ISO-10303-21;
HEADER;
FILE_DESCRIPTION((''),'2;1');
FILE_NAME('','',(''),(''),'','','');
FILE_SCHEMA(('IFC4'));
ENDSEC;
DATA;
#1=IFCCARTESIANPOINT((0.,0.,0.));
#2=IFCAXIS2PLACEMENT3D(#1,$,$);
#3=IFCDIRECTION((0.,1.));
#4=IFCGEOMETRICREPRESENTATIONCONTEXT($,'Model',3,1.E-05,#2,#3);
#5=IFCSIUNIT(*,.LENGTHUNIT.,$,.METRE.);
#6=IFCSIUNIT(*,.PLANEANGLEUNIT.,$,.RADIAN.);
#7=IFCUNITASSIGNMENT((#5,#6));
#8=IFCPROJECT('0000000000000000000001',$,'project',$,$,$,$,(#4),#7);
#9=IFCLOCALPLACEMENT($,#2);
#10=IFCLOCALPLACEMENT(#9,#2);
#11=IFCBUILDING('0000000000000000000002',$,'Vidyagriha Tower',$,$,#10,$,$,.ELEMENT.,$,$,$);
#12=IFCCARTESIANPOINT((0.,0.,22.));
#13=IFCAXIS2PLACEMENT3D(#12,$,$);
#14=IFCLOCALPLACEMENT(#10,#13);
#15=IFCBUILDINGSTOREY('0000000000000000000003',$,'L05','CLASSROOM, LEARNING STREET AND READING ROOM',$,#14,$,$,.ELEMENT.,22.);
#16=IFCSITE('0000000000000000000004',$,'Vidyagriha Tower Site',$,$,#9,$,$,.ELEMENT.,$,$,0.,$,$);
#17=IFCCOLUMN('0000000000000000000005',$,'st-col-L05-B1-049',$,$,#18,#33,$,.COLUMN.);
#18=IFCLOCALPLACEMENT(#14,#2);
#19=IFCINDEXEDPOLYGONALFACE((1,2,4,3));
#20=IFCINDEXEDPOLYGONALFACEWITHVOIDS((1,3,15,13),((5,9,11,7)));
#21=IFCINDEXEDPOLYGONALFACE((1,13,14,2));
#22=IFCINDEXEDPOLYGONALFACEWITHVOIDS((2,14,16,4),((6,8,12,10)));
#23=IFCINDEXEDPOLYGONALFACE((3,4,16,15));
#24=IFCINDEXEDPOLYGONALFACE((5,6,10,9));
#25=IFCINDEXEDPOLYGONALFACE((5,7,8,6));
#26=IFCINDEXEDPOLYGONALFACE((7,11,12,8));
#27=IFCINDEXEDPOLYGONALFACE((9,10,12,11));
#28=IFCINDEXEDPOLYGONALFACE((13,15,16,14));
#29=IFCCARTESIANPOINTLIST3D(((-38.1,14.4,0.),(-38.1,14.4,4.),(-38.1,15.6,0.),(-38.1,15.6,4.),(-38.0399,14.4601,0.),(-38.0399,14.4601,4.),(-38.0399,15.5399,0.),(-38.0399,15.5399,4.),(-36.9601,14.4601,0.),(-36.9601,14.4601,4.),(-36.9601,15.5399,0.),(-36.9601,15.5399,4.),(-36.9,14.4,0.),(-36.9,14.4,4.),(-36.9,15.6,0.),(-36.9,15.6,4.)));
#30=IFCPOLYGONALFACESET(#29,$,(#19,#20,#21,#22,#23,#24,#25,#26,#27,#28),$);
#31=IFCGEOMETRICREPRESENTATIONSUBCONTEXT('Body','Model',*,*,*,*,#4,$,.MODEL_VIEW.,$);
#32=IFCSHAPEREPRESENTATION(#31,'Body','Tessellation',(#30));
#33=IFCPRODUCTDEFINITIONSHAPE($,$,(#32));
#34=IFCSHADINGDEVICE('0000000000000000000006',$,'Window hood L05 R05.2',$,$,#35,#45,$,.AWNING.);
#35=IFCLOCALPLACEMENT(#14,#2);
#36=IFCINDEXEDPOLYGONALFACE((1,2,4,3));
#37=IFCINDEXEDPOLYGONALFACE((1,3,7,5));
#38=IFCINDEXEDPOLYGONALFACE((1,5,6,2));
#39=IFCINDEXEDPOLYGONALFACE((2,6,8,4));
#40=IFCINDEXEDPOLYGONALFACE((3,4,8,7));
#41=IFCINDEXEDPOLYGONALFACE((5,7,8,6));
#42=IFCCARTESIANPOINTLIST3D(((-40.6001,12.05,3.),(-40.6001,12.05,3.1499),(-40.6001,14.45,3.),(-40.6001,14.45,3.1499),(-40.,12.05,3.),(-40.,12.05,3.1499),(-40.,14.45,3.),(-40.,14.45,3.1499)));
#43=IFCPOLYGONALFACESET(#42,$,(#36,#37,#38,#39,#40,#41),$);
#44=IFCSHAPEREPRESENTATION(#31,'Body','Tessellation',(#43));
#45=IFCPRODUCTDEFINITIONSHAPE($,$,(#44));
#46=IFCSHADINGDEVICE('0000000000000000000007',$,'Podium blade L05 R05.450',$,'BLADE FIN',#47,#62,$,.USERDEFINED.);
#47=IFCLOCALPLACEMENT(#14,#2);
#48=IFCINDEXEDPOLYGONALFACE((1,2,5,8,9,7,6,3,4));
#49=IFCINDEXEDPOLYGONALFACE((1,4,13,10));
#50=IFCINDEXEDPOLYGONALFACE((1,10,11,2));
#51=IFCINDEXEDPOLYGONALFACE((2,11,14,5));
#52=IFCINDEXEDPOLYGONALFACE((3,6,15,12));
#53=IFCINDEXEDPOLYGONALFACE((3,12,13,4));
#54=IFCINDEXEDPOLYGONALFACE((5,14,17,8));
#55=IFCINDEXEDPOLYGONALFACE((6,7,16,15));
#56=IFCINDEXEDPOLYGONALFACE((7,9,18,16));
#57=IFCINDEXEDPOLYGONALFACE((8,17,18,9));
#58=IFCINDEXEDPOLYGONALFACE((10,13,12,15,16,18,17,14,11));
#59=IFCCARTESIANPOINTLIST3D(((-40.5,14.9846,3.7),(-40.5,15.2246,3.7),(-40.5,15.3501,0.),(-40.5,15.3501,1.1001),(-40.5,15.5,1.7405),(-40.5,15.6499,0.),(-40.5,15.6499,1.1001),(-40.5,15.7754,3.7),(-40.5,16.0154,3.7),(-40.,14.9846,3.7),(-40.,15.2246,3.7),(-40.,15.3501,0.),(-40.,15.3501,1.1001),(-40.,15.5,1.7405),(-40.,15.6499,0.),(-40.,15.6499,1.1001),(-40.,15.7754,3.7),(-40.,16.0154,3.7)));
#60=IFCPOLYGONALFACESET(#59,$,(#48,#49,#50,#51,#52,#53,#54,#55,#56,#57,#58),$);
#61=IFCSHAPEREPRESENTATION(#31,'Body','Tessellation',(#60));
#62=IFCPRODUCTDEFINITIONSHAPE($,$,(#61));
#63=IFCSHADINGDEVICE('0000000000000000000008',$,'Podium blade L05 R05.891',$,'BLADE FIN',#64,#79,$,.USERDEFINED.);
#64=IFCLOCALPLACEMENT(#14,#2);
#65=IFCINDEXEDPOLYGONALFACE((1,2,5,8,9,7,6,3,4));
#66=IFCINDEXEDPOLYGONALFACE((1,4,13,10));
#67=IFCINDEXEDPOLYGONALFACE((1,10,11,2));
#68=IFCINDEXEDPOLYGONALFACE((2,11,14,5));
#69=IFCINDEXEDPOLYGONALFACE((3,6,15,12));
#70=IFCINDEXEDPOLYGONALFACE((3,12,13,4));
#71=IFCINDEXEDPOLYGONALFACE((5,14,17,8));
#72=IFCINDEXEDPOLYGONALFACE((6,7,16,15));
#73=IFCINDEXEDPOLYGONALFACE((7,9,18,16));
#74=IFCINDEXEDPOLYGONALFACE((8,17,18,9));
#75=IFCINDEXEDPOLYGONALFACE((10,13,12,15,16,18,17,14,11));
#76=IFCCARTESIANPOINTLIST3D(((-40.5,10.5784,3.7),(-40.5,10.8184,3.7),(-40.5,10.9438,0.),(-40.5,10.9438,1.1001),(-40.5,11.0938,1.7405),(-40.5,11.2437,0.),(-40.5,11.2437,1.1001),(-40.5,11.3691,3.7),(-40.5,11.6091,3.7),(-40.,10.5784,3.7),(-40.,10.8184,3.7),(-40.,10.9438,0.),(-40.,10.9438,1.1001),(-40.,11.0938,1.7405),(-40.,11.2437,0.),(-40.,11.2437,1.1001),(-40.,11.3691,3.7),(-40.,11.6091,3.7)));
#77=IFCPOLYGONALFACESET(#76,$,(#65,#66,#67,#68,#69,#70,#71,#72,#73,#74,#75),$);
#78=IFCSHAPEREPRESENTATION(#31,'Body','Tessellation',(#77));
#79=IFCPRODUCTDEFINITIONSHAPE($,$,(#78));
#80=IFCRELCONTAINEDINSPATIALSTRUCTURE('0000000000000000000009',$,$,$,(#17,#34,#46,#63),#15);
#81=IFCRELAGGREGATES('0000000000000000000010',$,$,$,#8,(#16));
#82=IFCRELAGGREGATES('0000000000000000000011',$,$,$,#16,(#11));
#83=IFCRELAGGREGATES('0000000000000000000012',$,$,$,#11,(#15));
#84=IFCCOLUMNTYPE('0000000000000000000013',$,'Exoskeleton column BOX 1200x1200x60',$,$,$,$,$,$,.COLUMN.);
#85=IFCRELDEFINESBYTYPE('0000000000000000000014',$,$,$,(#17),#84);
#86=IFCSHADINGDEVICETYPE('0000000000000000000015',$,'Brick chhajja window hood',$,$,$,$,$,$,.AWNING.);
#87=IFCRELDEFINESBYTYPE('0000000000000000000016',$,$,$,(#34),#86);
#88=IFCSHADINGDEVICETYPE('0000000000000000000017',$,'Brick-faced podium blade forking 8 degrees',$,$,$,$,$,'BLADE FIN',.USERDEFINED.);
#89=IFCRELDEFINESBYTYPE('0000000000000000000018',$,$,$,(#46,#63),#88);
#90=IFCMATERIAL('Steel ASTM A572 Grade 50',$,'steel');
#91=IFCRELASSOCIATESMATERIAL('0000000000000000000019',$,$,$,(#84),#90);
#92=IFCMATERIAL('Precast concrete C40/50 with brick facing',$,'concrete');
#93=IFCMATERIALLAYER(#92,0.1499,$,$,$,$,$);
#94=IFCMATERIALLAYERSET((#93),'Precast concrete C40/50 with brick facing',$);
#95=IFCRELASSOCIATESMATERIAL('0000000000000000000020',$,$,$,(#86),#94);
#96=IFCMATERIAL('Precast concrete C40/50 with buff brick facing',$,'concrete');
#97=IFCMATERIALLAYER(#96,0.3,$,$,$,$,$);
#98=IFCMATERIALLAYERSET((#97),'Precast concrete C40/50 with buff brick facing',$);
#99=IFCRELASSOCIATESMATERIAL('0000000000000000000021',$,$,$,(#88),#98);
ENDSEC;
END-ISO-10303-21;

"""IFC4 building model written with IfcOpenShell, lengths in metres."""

from ifc_helpers import new_model, si_unit, direction, frame, origin, origin_2d, place, context, subcontext, project, spatial, polyline, rectangle, hollow_rectangle, outline, extrude, material, layer, layer_set, material_profile, profile_set, type_object, element, save


model = new_model("IFC4")

# Units and contexts
model_context = context("Model", 3, precision=1e-05, world=origin(), true_north=direction((0.0, 1.0)))
body_context = subcontext(model_context, "Body", "Model", "MODEL_VIEW")
ifc_project = project(units=[si_unit("LENGTHUNIT", "METRE"), si_unit("PLANEANGLEUNIT", "RADIAN")], contexts=[model_context])

# Site, building, storey
site_placement = place(None, origin())
site = spatial("IfcSite", under=ifc_project, at=site_placement, Name="Vidyagriha Tower Site", CompositionType="ELEMENT", RefElevation=0.0)
building_placement = place(site_placement, origin())
building = spatial("IfcBuilding", under=site, at=building_placement, Name="Vidyagriha Tower", CompositionType="ELEMENT")
storey_placement = place(building_placement, frame((0.0, 0.0, 22.0)))
storey = spatial("IfcBuildingStorey", under=building, at=storey_placement, Name="L05", Description="CLASSROOM, LEARNING STREET AND READING ROOM", CompositionType="ELEMENT", Elevation=22.0)

# Column
ifc_material_1 = material(Name="Steel ASTM A572 Grade 50", Category="steel")
ifc_material_profile = material_profile(ifc_material_1, hollow_rectangle(XDim=1.2, YDim=1.2, WallThickness=0.0601, at=origin_2d()), Name="BOX 1200x1200x60")
ifc_profile_set = profile_set([ifc_material_profile], Name="Steel ASTM A572 Grade 50")
column_type = type_object("IfcColumnType", Name="Exoskeleton column BOX 1200x1200x60", PredefinedType="COLUMN", material=ifc_profile_set)
column_placement = place(storey_placement, frame((-37.5, 15.0, 0.0)))
element("IfcColumn", 1, at=column_placement, inside=storey, type_object=column_type, Name="st-col-L05-B1-049", PredefinedType="COLUMN", context=body_context, shape_type="SweptSolid", body=[
    extrude(hollow_rectangle(XDim=1.2, YDim=1.2, WallThickness=0.0601, at=origin_2d()), origin(), (0.0, 0.0, 1.0), 4.0),
])

# Shading devices
ifc_material_2 = material(Name="Precast concrete C40/50 with brick facing", Category="concrete")
ifc_layer_1 = layer(ifc_material_2, 0.1499)
ifc_layer_set_1 = layer_set([ifc_layer_1], Name="Precast concrete C40/50 with brick facing")
shading_device_type_1 = type_object("IfcShadingDeviceType", Name="Brick chhajja window hood", PredefinedType="AWNING", material=ifc_layer_set_1)
shading_device_placement = place(storey_placement, frame((-40.3, 13.25, 3.0), z_axis=(0.0, 0.0, 1.0), x_axis=(0.0, -1.0, 0.0)))
element("IfcShadingDevice", 2, at=shading_device_placement, inside=storey, type_object=shading_device_type_1, Name="Window hood L05 R05.2", PredefinedType="AWNING", context=body_context, shape_type="SweptSolid", body=[
    extrude(rectangle(XDim=2.3999, YDim=0.6001, at=origin_2d()), origin(), (0.0, 0.0, 1.0), 0.1499),
])
ifc_material_3 = material(Name="Precast concrete C40/50 with buff brick facing", Category="concrete")
ifc_layer_2 = layer(ifc_material_3, 0.3)
ifc_layer_set_2 = layer_set([ifc_layer_2], Name="Precast concrete C40/50 with buff brick facing")
shading_device_type_2 = type_object("IfcShadingDeviceType", Name="Brick-faced podium blade forking 8 degrees", ElementType="BLADE FIN", PredefinedType="USERDEFINED", material=ifc_layer_set_2)
for number, where, z_axis, x_axis, name in (
    (3, (-40.25, 16.0154, 0.0), (0.0, 0.0, 1.0), (0.0, -1.0, 0.0), "Podium blade L05 R05.450"),
    (4, (-40.25, 11.6091, 0.0), (0.0, 0.0, 1.0), (0.0, -1.0, 0.0), "Podium blade L05 R05.891"),
):
    element("IfcShadingDevice", number, at=place(storey_placement, frame(where, z_axis=z_axis, x_axis=x_axis)), inside=storey, type_object=shading_device_type_2, Name=name, ObjectType="BLADE FIN", PredefinedType="USERDEFINED", context=body_context, shape_type="SweptSolid", body=[
        extrude(outline(polyline([(0.6653, 0.0), (0.6653, 1.1001), (1.0308, 3.7), (0.7908, 3.7), (0.5154, 1.7405), (0.24, 3.7), (0.0, 3.7), (0.3655, 1.1001), (0.3655, 0.0), (0.6653, 0.0)])), frame((0.0, 0.25, 0.0), z_axis=(0.0, -1.0, 0.0), x_axis=(1.0, 0.0, 0.0)), (0.0, 0.0, 1.0), 0.5),
    ])

save(model, "model.ifc")
